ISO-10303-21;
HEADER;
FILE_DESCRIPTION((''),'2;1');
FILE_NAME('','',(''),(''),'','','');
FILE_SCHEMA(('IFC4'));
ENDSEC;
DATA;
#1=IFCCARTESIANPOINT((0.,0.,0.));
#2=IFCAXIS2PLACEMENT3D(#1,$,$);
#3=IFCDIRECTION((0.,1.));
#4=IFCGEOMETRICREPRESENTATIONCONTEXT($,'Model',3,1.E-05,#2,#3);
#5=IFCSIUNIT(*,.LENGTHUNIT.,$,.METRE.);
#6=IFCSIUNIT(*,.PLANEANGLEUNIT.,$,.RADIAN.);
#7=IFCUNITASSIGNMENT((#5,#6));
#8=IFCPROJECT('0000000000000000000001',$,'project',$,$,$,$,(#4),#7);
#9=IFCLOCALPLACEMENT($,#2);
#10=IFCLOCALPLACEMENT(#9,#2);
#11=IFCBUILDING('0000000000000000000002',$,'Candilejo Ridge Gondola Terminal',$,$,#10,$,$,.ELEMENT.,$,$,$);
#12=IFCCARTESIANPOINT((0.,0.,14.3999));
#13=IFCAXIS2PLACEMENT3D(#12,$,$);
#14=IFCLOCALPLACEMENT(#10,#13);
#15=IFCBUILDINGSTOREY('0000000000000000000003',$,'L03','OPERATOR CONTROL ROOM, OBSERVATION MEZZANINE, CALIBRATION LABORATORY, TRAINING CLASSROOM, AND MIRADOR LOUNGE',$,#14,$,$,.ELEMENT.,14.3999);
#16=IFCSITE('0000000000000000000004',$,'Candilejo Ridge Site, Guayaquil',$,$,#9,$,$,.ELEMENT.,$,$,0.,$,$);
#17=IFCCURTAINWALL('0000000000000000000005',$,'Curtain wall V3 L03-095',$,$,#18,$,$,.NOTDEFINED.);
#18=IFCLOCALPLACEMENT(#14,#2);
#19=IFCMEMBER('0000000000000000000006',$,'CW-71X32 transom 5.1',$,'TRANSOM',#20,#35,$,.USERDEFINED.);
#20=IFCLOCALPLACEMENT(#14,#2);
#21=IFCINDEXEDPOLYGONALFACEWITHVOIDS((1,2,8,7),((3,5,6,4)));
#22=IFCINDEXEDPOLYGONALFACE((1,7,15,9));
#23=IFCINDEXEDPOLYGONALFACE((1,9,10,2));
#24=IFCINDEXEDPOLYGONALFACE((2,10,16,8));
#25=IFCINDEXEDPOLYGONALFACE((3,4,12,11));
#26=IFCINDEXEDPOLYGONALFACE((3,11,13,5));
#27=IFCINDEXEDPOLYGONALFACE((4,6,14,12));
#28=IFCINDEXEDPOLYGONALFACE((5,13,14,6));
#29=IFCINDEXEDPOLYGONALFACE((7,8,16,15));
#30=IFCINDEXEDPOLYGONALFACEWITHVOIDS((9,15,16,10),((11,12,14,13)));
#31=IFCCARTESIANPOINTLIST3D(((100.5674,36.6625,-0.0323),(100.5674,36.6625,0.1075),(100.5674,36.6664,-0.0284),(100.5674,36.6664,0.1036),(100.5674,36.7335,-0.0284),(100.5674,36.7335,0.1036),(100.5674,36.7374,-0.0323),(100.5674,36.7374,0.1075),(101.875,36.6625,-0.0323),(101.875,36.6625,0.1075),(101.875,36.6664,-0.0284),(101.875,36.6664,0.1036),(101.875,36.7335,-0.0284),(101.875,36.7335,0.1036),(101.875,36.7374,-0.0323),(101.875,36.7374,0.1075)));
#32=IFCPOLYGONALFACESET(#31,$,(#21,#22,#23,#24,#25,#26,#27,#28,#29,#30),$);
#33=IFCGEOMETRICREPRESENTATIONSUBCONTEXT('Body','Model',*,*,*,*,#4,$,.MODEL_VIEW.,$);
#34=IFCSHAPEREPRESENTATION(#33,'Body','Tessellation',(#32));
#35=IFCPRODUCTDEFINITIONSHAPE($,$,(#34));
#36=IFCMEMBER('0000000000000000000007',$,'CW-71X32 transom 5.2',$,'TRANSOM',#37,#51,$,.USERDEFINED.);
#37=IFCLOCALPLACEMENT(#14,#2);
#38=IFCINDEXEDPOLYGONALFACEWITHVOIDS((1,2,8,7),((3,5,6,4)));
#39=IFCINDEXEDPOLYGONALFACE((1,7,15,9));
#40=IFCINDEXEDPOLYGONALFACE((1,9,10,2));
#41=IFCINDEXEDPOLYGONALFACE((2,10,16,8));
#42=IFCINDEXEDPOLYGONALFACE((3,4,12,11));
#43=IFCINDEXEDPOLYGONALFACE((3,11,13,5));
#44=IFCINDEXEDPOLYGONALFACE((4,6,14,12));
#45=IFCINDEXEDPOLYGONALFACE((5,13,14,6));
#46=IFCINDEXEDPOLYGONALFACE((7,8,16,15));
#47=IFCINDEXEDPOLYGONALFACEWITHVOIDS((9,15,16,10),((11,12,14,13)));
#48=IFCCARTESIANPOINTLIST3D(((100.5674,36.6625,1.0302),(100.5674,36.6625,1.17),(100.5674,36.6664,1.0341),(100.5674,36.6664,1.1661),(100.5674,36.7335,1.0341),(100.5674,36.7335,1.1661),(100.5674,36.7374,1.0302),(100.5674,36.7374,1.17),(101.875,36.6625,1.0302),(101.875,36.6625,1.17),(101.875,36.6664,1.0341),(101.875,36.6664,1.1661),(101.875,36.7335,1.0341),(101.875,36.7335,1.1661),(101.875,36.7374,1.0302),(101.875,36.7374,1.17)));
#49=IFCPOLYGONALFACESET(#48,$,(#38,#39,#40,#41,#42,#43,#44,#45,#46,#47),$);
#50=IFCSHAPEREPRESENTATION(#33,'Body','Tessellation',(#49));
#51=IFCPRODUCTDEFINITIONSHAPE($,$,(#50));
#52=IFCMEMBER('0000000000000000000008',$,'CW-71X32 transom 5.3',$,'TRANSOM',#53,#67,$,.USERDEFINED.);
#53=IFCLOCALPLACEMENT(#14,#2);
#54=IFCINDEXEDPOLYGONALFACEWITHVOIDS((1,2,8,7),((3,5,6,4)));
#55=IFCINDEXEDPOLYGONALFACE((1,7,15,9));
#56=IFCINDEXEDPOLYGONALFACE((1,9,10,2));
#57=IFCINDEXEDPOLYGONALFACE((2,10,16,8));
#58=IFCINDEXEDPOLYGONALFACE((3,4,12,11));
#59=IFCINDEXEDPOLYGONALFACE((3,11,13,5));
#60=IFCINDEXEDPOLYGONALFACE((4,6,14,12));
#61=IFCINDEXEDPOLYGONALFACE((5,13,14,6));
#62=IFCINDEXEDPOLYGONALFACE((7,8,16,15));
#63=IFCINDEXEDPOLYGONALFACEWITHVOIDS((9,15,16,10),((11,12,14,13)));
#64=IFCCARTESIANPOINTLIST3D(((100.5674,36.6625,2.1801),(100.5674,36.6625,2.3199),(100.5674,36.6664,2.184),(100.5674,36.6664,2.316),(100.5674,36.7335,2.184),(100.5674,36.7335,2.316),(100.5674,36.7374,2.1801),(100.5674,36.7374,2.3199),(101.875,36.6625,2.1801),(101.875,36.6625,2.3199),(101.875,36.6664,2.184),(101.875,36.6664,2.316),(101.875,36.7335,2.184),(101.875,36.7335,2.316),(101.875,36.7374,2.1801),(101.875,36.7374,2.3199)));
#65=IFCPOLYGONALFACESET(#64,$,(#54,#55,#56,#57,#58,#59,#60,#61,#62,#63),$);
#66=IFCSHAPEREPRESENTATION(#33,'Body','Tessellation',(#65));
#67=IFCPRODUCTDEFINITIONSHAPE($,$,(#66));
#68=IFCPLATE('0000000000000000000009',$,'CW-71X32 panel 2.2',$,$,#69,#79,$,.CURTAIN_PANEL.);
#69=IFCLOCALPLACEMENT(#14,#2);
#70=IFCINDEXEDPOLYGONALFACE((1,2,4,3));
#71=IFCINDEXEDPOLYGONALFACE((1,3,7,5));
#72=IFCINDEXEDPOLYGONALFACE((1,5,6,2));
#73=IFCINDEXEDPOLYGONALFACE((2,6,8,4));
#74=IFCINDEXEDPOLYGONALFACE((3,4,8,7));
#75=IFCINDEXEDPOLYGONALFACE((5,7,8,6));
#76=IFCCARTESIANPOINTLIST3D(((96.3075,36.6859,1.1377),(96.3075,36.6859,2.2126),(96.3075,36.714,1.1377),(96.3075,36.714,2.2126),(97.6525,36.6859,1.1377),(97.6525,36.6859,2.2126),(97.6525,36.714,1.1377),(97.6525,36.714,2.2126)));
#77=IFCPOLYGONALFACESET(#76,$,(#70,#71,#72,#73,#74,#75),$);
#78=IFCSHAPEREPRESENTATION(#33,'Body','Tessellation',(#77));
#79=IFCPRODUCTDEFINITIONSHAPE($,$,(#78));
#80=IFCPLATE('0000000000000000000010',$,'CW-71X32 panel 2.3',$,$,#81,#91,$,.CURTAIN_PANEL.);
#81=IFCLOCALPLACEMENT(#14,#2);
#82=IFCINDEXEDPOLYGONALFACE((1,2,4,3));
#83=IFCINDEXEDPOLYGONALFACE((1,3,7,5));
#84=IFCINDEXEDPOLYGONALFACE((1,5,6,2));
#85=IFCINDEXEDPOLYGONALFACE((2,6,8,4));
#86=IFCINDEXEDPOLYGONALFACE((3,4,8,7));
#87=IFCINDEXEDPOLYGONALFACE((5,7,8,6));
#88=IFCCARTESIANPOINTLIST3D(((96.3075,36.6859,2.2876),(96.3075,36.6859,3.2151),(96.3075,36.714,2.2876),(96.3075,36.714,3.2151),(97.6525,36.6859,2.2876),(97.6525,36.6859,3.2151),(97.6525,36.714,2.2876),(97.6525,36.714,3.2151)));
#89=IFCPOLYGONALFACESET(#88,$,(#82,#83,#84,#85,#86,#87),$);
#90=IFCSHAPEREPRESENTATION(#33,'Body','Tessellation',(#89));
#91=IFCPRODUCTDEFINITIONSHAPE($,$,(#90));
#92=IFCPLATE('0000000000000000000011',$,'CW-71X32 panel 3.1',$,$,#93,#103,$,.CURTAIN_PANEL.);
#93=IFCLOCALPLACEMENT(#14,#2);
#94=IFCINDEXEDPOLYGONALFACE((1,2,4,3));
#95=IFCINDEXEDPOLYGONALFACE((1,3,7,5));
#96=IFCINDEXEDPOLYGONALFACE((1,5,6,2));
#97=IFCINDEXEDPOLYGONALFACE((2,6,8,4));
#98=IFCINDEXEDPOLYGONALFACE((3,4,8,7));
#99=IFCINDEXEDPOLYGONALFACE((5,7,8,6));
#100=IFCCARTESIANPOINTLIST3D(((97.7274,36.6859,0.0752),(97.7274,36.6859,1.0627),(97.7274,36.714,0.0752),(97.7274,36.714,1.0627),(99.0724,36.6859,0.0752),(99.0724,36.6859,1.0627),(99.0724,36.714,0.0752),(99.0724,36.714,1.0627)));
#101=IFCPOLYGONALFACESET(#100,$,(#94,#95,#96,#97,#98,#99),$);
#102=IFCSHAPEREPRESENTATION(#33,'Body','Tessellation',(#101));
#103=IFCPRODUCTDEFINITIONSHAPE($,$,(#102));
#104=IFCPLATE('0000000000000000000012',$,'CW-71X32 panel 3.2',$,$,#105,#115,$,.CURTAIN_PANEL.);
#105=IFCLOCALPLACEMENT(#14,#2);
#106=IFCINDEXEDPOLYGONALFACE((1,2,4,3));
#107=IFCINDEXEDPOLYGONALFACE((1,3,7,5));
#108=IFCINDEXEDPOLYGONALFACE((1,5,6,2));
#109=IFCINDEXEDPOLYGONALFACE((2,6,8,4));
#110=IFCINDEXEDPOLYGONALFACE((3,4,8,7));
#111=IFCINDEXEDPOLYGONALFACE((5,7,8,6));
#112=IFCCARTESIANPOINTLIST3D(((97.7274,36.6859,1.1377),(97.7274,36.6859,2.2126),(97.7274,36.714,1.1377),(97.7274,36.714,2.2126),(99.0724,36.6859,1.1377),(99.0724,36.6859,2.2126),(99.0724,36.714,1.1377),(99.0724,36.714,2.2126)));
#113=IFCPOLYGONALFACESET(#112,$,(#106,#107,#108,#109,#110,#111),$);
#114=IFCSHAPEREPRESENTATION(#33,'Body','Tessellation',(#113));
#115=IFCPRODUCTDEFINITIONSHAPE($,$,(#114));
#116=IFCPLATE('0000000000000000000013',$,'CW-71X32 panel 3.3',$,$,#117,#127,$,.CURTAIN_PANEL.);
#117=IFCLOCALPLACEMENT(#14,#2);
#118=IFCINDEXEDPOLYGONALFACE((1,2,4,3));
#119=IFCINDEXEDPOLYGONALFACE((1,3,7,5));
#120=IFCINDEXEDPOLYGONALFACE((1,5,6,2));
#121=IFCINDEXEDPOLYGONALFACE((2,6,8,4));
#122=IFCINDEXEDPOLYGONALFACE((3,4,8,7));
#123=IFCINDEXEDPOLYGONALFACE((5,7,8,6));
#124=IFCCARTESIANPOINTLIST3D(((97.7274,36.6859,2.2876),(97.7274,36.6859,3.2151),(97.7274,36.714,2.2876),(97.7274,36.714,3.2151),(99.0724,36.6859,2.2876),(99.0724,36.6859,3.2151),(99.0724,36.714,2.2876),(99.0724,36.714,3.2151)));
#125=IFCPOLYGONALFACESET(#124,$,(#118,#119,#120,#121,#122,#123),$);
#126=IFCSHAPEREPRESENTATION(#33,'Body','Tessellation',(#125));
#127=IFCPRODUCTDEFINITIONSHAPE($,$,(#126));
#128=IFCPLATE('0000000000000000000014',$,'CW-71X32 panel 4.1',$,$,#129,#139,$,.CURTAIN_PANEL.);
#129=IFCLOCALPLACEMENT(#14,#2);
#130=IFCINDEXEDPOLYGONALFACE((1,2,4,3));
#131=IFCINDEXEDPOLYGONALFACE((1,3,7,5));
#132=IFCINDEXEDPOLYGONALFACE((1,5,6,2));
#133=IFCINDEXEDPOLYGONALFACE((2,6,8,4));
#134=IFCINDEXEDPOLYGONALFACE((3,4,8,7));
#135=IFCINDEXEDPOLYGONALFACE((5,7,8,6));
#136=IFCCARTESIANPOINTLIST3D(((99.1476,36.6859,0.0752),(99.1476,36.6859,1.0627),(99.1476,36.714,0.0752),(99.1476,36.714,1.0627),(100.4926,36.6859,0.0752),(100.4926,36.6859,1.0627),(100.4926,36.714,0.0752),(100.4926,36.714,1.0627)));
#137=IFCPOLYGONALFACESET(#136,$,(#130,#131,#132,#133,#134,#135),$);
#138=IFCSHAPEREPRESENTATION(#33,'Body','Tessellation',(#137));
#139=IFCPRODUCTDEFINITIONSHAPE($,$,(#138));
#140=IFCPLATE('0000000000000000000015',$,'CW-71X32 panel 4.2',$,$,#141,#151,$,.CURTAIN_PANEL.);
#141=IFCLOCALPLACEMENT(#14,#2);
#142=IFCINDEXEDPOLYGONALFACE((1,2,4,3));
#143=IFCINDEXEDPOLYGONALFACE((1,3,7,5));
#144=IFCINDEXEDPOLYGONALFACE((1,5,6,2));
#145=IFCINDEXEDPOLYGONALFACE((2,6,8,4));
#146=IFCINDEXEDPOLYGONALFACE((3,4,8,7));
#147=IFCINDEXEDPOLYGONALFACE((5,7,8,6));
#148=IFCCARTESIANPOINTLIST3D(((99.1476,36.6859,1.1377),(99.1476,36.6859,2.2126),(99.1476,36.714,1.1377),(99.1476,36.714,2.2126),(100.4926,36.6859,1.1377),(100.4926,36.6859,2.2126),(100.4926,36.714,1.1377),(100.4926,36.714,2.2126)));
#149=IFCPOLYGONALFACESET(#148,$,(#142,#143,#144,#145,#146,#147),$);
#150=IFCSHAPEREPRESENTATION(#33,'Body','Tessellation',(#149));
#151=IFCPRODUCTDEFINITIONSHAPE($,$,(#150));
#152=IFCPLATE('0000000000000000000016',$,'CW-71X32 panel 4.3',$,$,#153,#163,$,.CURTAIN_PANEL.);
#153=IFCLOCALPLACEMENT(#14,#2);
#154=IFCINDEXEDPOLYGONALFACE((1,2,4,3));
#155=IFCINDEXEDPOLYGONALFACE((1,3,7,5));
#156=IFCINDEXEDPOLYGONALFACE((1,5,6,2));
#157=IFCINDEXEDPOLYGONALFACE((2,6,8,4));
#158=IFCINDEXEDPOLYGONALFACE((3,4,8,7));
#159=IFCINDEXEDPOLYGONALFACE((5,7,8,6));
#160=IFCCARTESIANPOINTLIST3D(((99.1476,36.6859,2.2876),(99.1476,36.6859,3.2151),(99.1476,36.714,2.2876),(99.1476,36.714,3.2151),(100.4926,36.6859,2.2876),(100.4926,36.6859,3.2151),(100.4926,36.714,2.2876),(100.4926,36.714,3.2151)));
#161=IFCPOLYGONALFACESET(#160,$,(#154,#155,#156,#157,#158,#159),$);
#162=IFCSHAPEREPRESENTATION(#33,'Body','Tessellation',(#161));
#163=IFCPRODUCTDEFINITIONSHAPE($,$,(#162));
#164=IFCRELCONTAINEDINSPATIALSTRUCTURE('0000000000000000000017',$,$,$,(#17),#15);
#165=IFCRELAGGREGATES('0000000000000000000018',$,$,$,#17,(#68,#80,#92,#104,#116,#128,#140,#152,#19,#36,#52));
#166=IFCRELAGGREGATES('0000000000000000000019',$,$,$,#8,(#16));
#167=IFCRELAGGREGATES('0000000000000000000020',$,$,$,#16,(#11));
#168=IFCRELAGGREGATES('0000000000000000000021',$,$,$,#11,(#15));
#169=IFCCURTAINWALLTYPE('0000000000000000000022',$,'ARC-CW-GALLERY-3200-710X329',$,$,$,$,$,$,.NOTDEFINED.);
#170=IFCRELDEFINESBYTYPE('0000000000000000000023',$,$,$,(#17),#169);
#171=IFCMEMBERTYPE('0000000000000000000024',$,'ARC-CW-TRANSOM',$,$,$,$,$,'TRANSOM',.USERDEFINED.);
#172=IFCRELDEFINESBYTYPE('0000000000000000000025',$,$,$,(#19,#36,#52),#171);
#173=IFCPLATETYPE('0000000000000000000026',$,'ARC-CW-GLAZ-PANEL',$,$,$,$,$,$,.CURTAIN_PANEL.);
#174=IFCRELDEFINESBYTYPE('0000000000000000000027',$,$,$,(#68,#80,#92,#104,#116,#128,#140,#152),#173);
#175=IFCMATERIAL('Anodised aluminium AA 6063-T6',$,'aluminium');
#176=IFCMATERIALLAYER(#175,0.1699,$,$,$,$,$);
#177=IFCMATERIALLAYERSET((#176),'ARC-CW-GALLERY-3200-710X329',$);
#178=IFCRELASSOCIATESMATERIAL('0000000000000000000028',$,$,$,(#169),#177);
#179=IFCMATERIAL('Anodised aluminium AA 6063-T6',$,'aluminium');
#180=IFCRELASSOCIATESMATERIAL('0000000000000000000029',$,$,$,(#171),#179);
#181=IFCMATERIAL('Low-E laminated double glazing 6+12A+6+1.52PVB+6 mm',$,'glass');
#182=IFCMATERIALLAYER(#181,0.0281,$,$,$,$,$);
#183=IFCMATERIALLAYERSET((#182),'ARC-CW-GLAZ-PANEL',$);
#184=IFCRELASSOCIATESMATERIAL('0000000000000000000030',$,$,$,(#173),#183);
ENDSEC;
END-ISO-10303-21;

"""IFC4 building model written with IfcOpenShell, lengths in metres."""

from ifc_helpers import new_model, si_unit, direction, frame, origin, origin_2d, place, context, subcontext, project, spatial, rectangle, hollow_rectangle, extrude, material, layer, layer_set, material_profile, profile_set, type_object, element, aggregate, save


model = new_model("IFC4")

# Units and contexts
model_context = context("Model", 3, precision=1e-05, world=origin(), true_north=direction((0.0, 1.0)))
body_context = subcontext(model_context, "Body", "Model", "MODEL_VIEW")
ifc_project = project(units=[si_unit("LENGTHUNIT", "METRE"), si_unit("PLANEANGLEUNIT", "RADIAN")], contexts=[model_context])

# Site, building, storey
site_placement = place(None, origin())
site = spatial("IfcSite", under=ifc_project, at=site_placement, Name="Candilejo Ridge Site, Guayaquil", CompositionType="ELEMENT", RefElevation=0.0)
building_placement = place(site_placement, origin())
building = spatial("IfcBuilding", under=site, at=building_placement, Name="Candilejo Ridge Gondola Terminal", CompositionType="ELEMENT")
storey_placement = place(building_placement, frame((0.0, 0.0, 14.3999)))
storey = spatial("IfcBuildingStorey", under=building, at=storey_placement, Name="L03", Description="OPERATOR CONTROL ROOM, OBSERVATION MEZZANINE, CALIBRATION LABORATORY, TRAINING CLASSROOM, AND MIRADOR LOUNGE", CompositionType="ELEMENT", Elevation=14.3999)

# Curtain wall, members, plates
ifc_material_1 = material(Name="Anodised aluminium AA 6063-T6", Category="aluminium")
ifc_layer_1 = layer(ifc_material_1, 0.1699)
ifc_layer_set_1 = layer_set([ifc_layer_1], Name="ARC-CW-GALLERY-3200-710X329")
curtain_wall_type = type_object("IfcCurtainWallType", Name="ARC-CW-GALLERY-3200-710X329", PredefinedType="NOTDEFINED", material=ifc_layer_set_1)
curtain_wall_placement = place(storey_placement, origin())
curtain_wall = element("IfcCurtainWall", 1, at=curtain_wall_placement, inside=storey, type_object=curtain_wall_type, Name="Curtain wall V3 L03-095", PredefinedType="NOTDEFINED")
ifc_material_2 = material(Name="Anodised aluminium AA 6063-T6", Category="aluminium")
ifc_material_profile_1 = material_profile(ifc_material_2, hollow_rectangle(XDim=0.075, YDim=0.1399, WallThickness=0.0039, at=origin_2d()))
ifc_profile_set_1 = profile_set([ifc_material_profile_1], Name="Anodised aluminium AA 6063-T6")
member_type_1 = type_object("IfcMemberType", Name="ARC-CW-TRANSOM", ElementType="TRANSOM", PredefinedType="USERDEFINED", material=ifc_profile_set_1)
member_1_placement = place(storey_placement, frame((100.5674, 36.7, 0.0376), z_axis=(1.0, 0.0, 0.0), x_axis=(0.0, 1.0, 0.0)))
member_1 = element("IfcMember", 2, at=member_1_placement, type_object=member_type_1, Name="CW-71X32 transom 5.1", ObjectType="TRANSOM", PredefinedType="USERDEFINED", context=body_context, shape_type="SweptSolid", body=[
    extrude(hollow_rectangle(XDim=0.075, YDim=0.1399, WallThickness=0.0039, at=origin_2d()), origin(), (0.0, 0.0, 1.0), 1.3076),
])
member_2_placement = place(storey_placement, frame((100.5674, 36.7, 1.1001), z_axis=(1.0, 0.0, 0.0), x_axis=(0.0, 1.0, 0.0)))
member_2 = element("IfcMember", 3, at=member_2_placement, type_object=member_type_1, Name="CW-71X32 transom 5.2", ObjectType="TRANSOM", PredefinedType="USERDEFINED", context=body_context, shape_type="SweptSolid", body=[
    extrude(hollow_rectangle(XDim=0.075, YDim=0.1399, WallThickness=0.0039, at=origin_2d()), origin(), (0.0, 0.0, 1.0), 1.3076),
])
member_3_placement = place(storey_placement, frame((100.5674, 36.7, 2.25), z_axis=(1.0, 0.0, 0.0), x_axis=(0.0, 1.0, 0.0)))
member_3 = element("IfcMember", 4, at=member_3_placement, type_object=member_type_1, Name="CW-71X32 transom 5.3", ObjectType="TRANSOM", PredefinedType="USERDEFINED", context=body_context, shape_type="SweptSolid", body=[
    extrude(hollow_rectangle(XDim=0.075, YDim=0.1399, WallThickness=0.0039, at=origin_2d()), origin(), (0.0, 0.0, 1.0), 1.3076),
])
ifc_material_3 = material(Name="Low-E laminated double glazing 6+12A+6+1.52PVB+6 mm", Category="glass")
ifc_layer_2 = layer(ifc_material_3, 0.0281)
ifc_layer_set_2 = layer_set([ifc_layer_2], Name="ARC-CW-GLAZ-PANEL")
plate_type = type_object("IfcPlateType", Name="ARC-CW-GLAZ-PANEL", PredefinedType="CURTAIN_PANEL", material=ifc_layer_set_2)
plate_1_placement = place(storey_placement, frame((96.98, 36.7, 1.1377), z_axis=(0.0, 0.0, 1.0), x_axis=(1.0, 0.0, 0.0)))
plate_1 = element("IfcPlate", 5, at=plate_1_placement, type_object=plate_type, Name="CW-71X32 panel 2.2", PredefinedType="CURTAIN_PANEL", context=body_context, shape_type="SweptSolid", body=[
    extrude(rectangle(XDim=1.345, YDim=0.0281, at=origin_2d()), origin(), (0.0, 0.0, 1.0), 1.075),
])
plate_2_placement = place(storey_placement, frame((96.98, 36.7, 2.2876), z_axis=(0.0, 0.0, 1.0), x_axis=(1.0, 0.0, 0.0)))
plate_2 = element("IfcPlate", 6, at=plate_2_placement, type_object=plate_type, Name="CW-71X32 panel 2.3", PredefinedType="CURTAIN_PANEL", context=body_context, shape_type="SweptSolid", body=[
    extrude(rectangle(XDim=1.345, YDim=0.0281, at=origin_2d()), origin(), (0.0, 0.0, 1.0), 0.9275),
])
plate_3_placement = place(storey_placement, frame((98.3999, 36.7, 0.0752), z_axis=(0.0, 0.0, 1.0), x_axis=(1.0, 0.0, 0.0)))
plate_3 = element("IfcPlate", 7, at=plate_3_placement, type_object=plate_type, Name="CW-71X32 panel 3.1", PredefinedType="CURTAIN_PANEL", context=body_context, shape_type="SweptSolid", body=[
    extrude(rectangle(XDim=1.345, YDim=0.0281, at=origin_2d()), origin(), (0.0, 0.0, 1.0), 0.9875),
])
plate_4_placement = place(storey_placement, frame((98.3999, 36.7, 1.1377), z_axis=(0.0, 0.0, 1.0), x_axis=(1.0, 0.0, 0.0)))
plate_4 = element("IfcPlate", 8, at=plate_4_placement, type_object=plate_type, Name="CW-71X32 panel 3.2", PredefinedType="CURTAIN_PANEL", context=body_context, shape_type="SweptSolid", body=[
    extrude(rectangle(XDim=1.345, YDim=0.0281, at=origin_2d()), origin(), (0.0, 0.0, 1.0), 1.075),
])
plate_5_placement = place(storey_placement, frame((98.3999, 36.7, 2.2876), z_axis=(0.0, 0.0, 1.0), x_axis=(1.0, 0.0, 0.0)))
plate_5 = element("IfcPlate", 9, at=plate_5_placement, type_object=plate_type, Name="CW-71X32 panel 3.3", PredefinedType="CURTAIN_PANEL", context=body_context, shape_type="SweptSolid", body=[
    extrude(rectangle(XDim=1.345, YDim=0.0281, at=origin_2d()), origin(), (0.0, 0.0, 1.0), 0.9275),
])
plate_6_placement = place(storey_placement, frame((99.8201, 36.7, 0.0752), z_axis=(0.0, 0.0, 1.0), x_axis=(1.0, 0.0, 0.0)))
plate_6 = element("IfcPlate", 10, at=plate_6_placement, type_object=plate_type, Name="CW-71X32 panel 4.1", PredefinedType="CURTAIN_PANEL", context=body_context, shape_type="SweptSolid", body=[
    extrude(rectangle(XDim=1.345, YDim=0.0281, at=origin_2d()), origin(), (0.0, 0.0, 1.0), 0.9875),
])
plate_7_placement = place(storey_placement, frame((99.8201, 36.7, 1.1377), z_axis=(0.0, 0.0, 1.0), x_axis=(1.0, 0.0, 0.0)))
plate_7 = element("IfcPlate", 11, at=plate_7_placement, type_object=plate_type, Name="CW-71X32 panel 4.2", PredefinedType="CURTAIN_PANEL", context=body_context, shape_type="SweptSolid", body=[
    extrude(rectangle(XDim=1.345, YDim=0.0281, at=origin_2d()), origin(), (0.0, 0.0, 1.0), 1.075),
])
plate_8_placement = place(storey_placement, frame((99.8201, 36.7, 2.2876), z_axis=(0.0, 0.0, 1.0), x_axis=(1.0, 0.0, 0.0)))
plate_8 = element("IfcPlate", 12, at=plate_8_placement, type_object=plate_type, Name="CW-71X32 panel 4.3", PredefinedType="CURTAIN_PANEL", context=body_context, shape_type="SweptSolid", body=[
    extrude(rectangle(XDim=1.345, YDim=0.0281, at=origin_2d()), origin(), (0.0, 0.0, 1.0), 0.9275),
])
aggregate(curtain_wall, [plate_1, plate_2, plate_3, plate_4, plate_5, plate_6, plate_7, plate_8, member_1, member_2, member_3])

save(model, "model.ifc")
